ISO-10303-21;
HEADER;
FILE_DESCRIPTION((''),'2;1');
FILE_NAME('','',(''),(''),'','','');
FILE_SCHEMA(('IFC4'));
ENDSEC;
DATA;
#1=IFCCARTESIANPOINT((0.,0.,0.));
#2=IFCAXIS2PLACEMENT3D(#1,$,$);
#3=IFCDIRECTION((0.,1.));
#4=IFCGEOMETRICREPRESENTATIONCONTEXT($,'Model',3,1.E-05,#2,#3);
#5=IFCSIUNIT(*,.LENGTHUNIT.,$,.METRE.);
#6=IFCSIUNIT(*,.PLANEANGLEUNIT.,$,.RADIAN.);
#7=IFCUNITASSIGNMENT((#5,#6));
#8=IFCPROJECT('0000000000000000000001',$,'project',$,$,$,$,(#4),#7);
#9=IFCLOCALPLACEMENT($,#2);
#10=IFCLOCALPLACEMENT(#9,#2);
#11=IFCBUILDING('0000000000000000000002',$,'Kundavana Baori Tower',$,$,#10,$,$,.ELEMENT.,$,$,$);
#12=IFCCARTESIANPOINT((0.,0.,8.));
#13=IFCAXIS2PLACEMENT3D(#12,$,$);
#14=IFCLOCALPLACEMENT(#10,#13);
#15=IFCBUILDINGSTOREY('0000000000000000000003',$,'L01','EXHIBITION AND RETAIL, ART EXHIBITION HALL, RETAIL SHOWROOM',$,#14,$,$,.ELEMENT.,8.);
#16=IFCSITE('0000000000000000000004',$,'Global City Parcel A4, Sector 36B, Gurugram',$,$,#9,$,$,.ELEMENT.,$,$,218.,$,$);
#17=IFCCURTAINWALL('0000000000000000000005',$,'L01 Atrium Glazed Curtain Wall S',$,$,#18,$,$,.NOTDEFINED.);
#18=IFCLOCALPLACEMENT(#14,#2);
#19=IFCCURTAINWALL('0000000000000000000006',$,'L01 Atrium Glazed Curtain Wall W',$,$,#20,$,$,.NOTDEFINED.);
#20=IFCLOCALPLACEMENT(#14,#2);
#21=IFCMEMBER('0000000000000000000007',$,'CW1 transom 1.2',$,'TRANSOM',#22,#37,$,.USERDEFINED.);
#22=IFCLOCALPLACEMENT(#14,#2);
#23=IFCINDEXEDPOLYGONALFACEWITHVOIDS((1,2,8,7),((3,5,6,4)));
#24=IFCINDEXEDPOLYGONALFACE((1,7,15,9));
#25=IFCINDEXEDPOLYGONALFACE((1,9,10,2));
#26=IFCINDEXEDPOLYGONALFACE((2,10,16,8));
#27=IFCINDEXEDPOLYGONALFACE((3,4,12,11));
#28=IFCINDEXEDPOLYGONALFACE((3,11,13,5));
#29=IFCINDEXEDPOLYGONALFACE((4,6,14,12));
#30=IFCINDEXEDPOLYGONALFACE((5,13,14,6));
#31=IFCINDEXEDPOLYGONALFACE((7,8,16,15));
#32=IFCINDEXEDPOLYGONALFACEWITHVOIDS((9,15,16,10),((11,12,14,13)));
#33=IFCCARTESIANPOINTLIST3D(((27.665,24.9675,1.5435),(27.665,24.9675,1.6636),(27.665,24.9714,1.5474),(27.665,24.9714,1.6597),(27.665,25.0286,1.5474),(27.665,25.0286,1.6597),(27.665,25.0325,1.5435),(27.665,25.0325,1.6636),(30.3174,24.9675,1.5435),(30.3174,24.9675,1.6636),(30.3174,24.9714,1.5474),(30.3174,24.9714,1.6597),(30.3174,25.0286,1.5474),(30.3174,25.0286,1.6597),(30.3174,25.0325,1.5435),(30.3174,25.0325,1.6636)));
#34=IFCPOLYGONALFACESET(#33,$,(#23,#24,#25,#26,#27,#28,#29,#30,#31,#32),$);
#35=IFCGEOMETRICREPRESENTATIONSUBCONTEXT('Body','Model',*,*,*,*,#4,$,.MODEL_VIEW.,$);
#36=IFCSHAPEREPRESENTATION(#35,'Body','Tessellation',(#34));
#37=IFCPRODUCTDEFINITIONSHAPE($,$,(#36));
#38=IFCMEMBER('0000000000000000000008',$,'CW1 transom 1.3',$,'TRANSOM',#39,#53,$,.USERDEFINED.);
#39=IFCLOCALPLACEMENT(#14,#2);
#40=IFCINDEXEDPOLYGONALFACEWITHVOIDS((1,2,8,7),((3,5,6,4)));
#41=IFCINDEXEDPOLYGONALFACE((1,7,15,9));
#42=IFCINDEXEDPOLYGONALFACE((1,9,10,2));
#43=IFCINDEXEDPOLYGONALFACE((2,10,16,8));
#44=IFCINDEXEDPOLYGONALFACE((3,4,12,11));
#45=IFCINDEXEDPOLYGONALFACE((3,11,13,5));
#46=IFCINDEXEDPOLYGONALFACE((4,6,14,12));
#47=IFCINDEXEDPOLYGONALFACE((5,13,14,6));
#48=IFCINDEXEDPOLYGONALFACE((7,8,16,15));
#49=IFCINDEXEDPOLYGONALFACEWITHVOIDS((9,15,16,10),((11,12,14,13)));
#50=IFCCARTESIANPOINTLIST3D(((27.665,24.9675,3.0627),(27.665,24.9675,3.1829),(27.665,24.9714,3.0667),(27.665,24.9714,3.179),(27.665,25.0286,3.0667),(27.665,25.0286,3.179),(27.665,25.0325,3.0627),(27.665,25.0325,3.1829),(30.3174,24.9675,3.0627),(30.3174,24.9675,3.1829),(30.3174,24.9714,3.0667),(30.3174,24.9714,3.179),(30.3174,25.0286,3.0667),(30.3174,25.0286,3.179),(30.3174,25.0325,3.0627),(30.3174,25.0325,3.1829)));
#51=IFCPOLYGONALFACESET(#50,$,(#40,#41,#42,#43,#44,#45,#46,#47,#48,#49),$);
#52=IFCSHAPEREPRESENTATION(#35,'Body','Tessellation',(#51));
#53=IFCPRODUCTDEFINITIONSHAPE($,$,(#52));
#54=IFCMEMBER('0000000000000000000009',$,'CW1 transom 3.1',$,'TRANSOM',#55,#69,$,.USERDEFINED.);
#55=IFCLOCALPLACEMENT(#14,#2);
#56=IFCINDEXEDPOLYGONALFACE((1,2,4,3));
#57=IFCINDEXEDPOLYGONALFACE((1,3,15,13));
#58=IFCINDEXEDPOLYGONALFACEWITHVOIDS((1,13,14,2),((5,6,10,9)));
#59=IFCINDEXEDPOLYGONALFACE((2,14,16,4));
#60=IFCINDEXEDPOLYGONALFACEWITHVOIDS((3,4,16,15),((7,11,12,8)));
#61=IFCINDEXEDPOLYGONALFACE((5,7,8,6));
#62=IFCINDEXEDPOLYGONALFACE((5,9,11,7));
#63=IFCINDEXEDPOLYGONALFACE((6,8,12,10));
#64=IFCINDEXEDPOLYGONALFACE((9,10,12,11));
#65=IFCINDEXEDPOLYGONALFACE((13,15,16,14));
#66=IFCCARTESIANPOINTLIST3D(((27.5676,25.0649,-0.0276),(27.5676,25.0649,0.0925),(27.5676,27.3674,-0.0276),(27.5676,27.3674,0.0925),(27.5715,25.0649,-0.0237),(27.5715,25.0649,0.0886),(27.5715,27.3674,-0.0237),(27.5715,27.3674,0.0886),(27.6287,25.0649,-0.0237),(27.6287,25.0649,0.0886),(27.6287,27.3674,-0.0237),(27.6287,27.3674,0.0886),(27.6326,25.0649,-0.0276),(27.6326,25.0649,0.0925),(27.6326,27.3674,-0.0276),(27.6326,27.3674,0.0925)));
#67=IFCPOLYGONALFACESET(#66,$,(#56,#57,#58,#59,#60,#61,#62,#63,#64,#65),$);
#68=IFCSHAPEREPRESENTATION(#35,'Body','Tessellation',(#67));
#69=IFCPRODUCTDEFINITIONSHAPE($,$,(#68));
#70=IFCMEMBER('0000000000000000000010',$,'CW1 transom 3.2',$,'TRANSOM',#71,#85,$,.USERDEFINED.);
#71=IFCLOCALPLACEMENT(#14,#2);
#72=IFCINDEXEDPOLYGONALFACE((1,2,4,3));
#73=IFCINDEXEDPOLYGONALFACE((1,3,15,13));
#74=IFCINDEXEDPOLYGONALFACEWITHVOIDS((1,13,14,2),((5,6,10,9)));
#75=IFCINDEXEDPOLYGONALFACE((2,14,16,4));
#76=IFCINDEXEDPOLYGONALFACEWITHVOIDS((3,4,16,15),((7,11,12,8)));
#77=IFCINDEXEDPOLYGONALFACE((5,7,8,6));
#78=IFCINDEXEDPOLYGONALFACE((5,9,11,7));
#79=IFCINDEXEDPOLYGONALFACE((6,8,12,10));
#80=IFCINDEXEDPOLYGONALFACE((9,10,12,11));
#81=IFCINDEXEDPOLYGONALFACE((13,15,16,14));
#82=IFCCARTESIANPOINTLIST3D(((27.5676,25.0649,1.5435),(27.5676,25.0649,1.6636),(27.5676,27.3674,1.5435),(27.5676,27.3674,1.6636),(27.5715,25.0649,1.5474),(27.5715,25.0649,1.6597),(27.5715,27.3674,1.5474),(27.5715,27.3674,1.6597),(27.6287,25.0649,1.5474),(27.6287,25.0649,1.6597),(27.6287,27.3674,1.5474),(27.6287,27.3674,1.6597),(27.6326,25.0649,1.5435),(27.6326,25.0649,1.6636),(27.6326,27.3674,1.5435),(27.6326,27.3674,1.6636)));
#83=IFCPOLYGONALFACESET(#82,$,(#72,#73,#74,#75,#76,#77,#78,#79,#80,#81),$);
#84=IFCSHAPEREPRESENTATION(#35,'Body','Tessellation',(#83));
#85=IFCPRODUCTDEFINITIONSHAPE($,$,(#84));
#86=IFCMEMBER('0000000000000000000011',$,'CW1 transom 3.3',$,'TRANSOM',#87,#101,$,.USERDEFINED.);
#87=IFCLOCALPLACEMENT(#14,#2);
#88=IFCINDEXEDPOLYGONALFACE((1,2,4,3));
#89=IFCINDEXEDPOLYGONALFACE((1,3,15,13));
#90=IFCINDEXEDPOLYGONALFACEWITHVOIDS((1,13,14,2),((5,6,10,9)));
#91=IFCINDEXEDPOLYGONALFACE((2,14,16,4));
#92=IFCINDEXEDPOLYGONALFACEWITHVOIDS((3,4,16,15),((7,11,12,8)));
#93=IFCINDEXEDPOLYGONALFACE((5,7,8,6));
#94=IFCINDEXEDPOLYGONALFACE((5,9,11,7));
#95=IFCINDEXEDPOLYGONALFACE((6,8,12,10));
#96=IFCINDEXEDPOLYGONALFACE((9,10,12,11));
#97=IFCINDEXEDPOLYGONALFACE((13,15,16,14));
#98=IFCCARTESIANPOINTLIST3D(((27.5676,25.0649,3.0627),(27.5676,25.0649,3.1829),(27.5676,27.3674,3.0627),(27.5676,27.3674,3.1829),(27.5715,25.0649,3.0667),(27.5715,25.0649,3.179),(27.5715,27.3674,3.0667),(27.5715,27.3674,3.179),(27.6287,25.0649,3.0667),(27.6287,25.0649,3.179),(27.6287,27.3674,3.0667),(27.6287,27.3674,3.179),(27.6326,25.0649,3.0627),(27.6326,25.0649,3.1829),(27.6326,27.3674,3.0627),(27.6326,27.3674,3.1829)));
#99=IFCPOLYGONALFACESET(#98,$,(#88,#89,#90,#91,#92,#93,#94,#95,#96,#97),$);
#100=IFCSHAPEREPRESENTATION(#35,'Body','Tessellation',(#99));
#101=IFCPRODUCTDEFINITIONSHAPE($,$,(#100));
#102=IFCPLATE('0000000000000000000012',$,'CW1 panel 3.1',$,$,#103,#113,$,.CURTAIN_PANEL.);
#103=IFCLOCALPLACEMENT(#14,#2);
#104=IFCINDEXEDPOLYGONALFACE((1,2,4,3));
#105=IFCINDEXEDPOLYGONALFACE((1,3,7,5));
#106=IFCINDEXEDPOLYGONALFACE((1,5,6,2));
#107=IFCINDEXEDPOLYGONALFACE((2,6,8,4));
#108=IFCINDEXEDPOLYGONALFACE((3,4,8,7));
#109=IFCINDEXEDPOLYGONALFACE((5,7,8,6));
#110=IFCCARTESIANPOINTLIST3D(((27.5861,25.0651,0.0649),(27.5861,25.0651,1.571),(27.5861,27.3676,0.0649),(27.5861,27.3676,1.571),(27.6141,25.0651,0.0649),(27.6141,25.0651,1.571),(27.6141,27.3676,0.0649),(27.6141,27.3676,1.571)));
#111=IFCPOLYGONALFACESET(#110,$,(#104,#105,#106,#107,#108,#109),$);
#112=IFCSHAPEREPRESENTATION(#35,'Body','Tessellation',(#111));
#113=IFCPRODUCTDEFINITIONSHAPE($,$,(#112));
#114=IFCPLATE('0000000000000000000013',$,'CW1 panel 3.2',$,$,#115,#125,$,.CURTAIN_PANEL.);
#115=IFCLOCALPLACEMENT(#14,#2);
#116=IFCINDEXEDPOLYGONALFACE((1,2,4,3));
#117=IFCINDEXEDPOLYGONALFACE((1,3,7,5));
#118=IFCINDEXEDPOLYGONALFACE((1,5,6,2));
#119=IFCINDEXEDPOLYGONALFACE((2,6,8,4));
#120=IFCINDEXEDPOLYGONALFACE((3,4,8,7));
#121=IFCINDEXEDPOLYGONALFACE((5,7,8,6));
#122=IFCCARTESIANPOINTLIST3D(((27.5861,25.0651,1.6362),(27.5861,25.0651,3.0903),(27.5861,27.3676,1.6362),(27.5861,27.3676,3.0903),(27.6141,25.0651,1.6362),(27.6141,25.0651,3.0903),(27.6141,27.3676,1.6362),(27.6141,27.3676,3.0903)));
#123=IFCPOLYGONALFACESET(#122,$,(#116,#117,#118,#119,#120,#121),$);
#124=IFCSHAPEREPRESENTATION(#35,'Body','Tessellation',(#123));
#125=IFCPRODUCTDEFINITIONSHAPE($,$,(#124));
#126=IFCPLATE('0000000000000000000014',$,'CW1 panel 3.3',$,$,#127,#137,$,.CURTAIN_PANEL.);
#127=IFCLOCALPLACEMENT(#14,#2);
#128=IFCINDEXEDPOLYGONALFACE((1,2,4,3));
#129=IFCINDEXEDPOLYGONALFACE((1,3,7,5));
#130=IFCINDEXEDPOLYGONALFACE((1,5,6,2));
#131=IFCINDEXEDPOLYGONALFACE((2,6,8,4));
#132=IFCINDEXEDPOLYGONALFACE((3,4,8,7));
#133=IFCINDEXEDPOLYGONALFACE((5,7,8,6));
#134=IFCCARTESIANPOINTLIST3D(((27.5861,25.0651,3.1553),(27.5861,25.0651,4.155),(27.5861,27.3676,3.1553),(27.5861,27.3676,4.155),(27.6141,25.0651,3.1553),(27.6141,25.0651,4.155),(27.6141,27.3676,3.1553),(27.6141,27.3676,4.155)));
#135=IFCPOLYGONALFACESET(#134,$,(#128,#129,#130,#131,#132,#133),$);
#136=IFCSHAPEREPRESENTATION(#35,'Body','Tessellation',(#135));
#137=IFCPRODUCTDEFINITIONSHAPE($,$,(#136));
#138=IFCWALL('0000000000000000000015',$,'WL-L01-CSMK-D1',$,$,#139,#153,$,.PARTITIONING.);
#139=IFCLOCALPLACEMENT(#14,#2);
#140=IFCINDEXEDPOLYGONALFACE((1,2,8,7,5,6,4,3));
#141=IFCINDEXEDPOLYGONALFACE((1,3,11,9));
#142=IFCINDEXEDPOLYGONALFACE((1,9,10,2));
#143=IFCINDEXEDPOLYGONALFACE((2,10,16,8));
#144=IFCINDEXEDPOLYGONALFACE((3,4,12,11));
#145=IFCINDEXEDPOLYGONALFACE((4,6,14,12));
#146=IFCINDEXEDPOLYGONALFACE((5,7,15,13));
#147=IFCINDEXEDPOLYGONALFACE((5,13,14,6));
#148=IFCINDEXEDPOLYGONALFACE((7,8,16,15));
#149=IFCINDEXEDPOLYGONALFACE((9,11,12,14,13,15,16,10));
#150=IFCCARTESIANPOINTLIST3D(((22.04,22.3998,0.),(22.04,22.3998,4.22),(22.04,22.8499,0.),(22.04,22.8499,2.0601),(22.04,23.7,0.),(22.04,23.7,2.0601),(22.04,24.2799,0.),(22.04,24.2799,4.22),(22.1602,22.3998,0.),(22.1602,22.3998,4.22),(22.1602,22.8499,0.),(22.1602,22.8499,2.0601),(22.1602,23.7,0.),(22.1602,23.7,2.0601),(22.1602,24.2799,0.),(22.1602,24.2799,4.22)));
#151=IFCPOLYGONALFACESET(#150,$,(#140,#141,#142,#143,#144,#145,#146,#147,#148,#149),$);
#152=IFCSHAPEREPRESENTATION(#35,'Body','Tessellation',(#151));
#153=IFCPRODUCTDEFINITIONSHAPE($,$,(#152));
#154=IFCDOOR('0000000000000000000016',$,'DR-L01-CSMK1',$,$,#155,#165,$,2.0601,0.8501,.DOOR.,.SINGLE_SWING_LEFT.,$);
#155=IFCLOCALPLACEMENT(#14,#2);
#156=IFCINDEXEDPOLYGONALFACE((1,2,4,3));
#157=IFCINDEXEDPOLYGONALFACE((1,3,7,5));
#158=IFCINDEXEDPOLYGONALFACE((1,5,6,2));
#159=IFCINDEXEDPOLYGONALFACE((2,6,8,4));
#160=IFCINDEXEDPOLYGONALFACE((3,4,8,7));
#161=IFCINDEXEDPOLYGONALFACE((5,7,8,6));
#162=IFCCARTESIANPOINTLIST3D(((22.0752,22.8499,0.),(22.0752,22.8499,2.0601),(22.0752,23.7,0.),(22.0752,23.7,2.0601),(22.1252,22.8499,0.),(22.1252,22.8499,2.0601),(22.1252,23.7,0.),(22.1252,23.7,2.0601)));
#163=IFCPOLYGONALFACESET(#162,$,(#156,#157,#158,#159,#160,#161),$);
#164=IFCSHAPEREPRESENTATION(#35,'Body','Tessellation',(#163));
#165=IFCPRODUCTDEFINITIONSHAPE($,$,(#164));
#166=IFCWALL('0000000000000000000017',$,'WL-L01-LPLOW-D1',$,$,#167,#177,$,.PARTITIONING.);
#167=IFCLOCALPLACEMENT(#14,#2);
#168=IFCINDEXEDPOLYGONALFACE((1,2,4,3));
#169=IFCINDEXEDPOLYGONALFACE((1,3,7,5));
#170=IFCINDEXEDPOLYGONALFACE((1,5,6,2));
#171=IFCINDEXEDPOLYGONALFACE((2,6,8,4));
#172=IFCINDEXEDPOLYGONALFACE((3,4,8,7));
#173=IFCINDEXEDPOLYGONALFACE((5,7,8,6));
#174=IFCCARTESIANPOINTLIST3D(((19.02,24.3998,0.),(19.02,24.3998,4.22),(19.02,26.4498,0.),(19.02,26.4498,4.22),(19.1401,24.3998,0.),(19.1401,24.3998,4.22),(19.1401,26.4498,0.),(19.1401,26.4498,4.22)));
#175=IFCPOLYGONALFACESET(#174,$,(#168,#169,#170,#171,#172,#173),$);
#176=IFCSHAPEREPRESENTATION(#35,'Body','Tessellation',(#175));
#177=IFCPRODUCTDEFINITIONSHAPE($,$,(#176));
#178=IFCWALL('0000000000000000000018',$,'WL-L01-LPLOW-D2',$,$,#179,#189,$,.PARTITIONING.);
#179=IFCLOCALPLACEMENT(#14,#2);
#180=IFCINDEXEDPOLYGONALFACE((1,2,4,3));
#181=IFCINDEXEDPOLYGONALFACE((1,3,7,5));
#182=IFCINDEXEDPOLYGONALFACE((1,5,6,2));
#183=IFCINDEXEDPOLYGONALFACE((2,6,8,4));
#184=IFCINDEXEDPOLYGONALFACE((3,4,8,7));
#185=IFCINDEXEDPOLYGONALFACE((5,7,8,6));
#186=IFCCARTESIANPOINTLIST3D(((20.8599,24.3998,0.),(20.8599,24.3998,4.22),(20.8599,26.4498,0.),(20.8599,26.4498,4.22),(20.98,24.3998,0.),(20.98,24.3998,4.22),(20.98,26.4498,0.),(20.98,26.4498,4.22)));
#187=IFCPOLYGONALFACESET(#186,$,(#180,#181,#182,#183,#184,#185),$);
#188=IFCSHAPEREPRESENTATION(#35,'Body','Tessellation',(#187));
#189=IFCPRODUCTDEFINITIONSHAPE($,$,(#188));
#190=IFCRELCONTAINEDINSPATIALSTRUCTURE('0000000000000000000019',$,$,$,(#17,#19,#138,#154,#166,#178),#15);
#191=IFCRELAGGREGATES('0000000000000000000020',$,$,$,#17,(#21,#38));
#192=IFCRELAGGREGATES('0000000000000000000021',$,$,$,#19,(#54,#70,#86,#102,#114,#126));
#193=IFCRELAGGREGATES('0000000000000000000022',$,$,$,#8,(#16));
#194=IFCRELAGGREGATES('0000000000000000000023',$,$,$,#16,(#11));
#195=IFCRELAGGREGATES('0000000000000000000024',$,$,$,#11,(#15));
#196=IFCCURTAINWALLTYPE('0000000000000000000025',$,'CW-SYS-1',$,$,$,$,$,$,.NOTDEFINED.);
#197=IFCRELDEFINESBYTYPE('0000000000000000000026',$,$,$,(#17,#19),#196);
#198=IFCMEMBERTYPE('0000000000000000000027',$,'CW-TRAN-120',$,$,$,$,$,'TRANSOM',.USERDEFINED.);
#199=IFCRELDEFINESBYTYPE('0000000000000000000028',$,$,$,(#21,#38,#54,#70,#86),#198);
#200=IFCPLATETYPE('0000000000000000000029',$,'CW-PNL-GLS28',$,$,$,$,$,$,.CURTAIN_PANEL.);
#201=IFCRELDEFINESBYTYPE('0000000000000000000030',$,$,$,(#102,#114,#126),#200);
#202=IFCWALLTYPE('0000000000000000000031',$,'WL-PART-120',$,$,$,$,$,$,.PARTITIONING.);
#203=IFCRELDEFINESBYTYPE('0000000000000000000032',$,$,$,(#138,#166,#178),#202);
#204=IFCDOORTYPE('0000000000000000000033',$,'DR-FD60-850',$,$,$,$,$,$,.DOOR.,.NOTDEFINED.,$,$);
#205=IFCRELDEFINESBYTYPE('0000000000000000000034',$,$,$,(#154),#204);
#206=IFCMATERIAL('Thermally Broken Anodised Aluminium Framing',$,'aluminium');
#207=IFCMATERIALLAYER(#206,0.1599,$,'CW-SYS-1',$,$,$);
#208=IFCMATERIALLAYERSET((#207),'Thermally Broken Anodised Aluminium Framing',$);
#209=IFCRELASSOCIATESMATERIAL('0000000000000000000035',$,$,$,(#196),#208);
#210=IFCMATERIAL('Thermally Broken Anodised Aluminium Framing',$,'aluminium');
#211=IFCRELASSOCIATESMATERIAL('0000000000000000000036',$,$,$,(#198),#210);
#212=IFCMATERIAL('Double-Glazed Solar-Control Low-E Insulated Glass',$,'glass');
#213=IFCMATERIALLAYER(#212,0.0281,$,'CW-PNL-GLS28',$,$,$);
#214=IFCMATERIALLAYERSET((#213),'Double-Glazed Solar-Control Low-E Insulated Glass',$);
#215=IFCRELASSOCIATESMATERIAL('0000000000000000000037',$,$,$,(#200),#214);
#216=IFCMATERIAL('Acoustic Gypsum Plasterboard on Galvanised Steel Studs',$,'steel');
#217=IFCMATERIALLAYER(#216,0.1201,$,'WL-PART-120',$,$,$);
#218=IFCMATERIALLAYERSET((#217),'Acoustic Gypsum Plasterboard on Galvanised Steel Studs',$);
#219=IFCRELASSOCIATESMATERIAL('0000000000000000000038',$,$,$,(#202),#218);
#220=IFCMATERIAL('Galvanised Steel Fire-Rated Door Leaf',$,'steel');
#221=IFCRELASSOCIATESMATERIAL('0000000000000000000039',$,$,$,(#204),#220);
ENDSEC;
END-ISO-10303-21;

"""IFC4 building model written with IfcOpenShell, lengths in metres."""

from ifc_helpers import new_model, si_unit, direction, frame, frame_2d, origin, origin_2d, place, context, subcontext, project, spatial, rectangle, hollow_rectangle, extrude, material, layer, layer_set, material_profile, profile_set, type_object, element, fill, aggregate, save


model = new_model("IFC4")

# Units and contexts
model_context = context("Model", 3, precision=1e-05, world=origin(), true_north=direction((0.0, 1.0)))
body_context = subcontext(model_context, "Body", "Model", "MODEL_VIEW")
ifc_project = project(units=[si_unit("LENGTHUNIT", "METRE"), si_unit("PLANEANGLEUNIT", "RADIAN")], contexts=[model_context])

# Site, building, storey
site_placement = place(None, origin())
site = spatial("IfcSite", under=ifc_project, at=site_placement, Name="Global City Parcel A4, Sector 36B, Gurugram", CompositionType="ELEMENT", RefElevation=218.0)
building_placement = place(site_placement, origin())
building = spatial("IfcBuilding", under=site, at=building_placement, Name="Kundavana Baori Tower", CompositionType="ELEMENT")
storey_placement = place(building_placement, frame((0.0, 0.0, 8.0)))
storey = spatial("IfcBuildingStorey", under=building, at=storey_placement, Name="L01", Description="EXHIBITION AND RETAIL, ART EXHIBITION HALL, RETAIL SHOWROOM", CompositionType="ELEMENT", Elevation=8.0)

# Curtain walls
ifc_material_1 = material(Name="Thermally Broken Anodised Aluminium Framing", Category="aluminium")
ifc_layer_1 = layer(ifc_material_1, 0.1599, Name="CW-SYS-1")
ifc_layer_set_1 = layer_set([ifc_layer_1], Name="Thermally Broken Anodised Aluminium Framing")
curtain_wall_type = type_object("IfcCurtainWallType", Name="CW-SYS-1", PredefinedType="NOTDEFINED", material=ifc_layer_set_1)
curtain_wall_1_placement = place(storey_placement, origin())
curtain_wall_1 = element("IfcCurtainWall", 1, at=curtain_wall_1_placement, inside=storey, type_object=curtain_wall_type, Name="L01 Atrium Glazed Curtain Wall S", PredefinedType="NOTDEFINED")
curtain_wall_2_placement = place(storey_placement, origin())
curtain_wall_2 = element("IfcCurtainWall", 2, at=curtain_wall_2_placement, inside=storey, type_object=curtain_wall_type, Name="L01 Atrium Glazed Curtain Wall W", PredefinedType="NOTDEFINED")

# Members
ifc_material_2 = material(Name="Thermally Broken Anodised Aluminium Framing", Category="aluminium")
ifc_material_profile_1 = material_profile(ifc_material_2, hollow_rectangle(XDim=0.0649, YDim=0.1201, WallThickness=0.0039, at=origin_2d()), Name="CW-TRAN-120")
ifc_profile_set_1 = profile_set([ifc_material_profile_1], Name="Thermally Broken Anodised Aluminium Framing")
member_type_1 = type_object("IfcMemberType", Name="CW-TRAN-120", ElementType="TRANSOM", PredefinedType="USERDEFINED", material=ifc_profile_set_1)
member_1_placement = place(storey_placement, frame((27.665, 25.0, 1.6035), z_axis=(1.0, 0.0, 0.0), x_axis=(0.0, 1.0, 0.0)))
member_1 = element("IfcMember", 3, at=member_1_placement, type_object=member_type_1, Name="CW1 transom 1.2", ObjectType="TRANSOM", PredefinedType="USERDEFINED", context=body_context, shape_type="SweptSolid", body=[
    extrude(hollow_rectangle(XDim=0.0649, YDim=0.1201, WallThickness=0.0039, at=origin_2d()), origin(), (0.0, 0.0, 1.0), 2.6523),
])
member_2_placement = place(storey_placement, frame((27.665, 25.0, 3.1228), z_axis=(1.0, 0.0, 0.0), x_axis=(0.0, 1.0, 0.0)))
member_2 = element("IfcMember", 4, at=member_2_placement, type_object=member_type_1, Name="CW1 transom 1.3", ObjectType="TRANSOM", PredefinedType="USERDEFINED", context=body_context, shape_type="SweptSolid", body=[
    extrude(hollow_rectangle(XDim=0.0649, YDim=0.1201, WallThickness=0.0039, at=origin_2d()), origin(), (0.0, 0.0, 1.0), 2.6523),
])
aggregate(curtain_wall_1, [member_1, member_2])
member_3_placement = place(storey_placement, frame((27.6001, 27.3674, 0.0325), z_axis=(0.0, -1.0, 0.0), x_axis=(1.0, 0.0, 0.0)))
member_3 = element("IfcMember", 5, at=member_3_placement, type_object=member_type_1, Name="CW1 transom 3.1", ObjectType="TRANSOM", PredefinedType="USERDEFINED", context=body_context, shape_type="SweptSolid", body=[
    extrude(hollow_rectangle(XDim=0.0649, YDim=0.1201, WallThickness=0.0039, at=origin_2d()), origin(), (0.0, 0.0, 1.0), 2.3025),
])
member_4_placement = place(storey_placement, frame((27.6001, 27.3674, 1.6035), z_axis=(0.0, -1.0, 0.0), x_axis=(1.0, 0.0, 0.0)))
member_4 = element("IfcMember", 6, at=member_4_placement, type_object=member_type_1, Name="CW1 transom 3.2", ObjectType="TRANSOM", PredefinedType="USERDEFINED", context=body_context, shape_type="SweptSolid", body=[
    extrude(hollow_rectangle(XDim=0.0649, YDim=0.1201, WallThickness=0.0039, at=origin_2d()), origin(), (0.0, 0.0, 1.0), 2.3025),
])
member_5_placement = place(storey_placement, frame((27.6001, 27.3674, 3.1228), z_axis=(0.0, -1.0, 0.0), x_axis=(1.0, 0.0, 0.0)))
member_5 = element("IfcMember", 7, at=member_5_placement, type_object=member_type_1, Name="CW1 transom 3.3", ObjectType="TRANSOM", PredefinedType="USERDEFINED", context=body_context, shape_type="SweptSolid", body=[
    extrude(hollow_rectangle(XDim=0.0649, YDim=0.1201, WallThickness=0.0039, at=origin_2d()), origin(), (0.0, 0.0, 1.0), 2.3025),
])

# Plates
ifc_material_3 = material(Name="Double-Glazed Solar-Control Low-E Insulated Glass", Category="glass")
ifc_layer_2 = layer(ifc_material_3, 0.0281, Name="CW-PNL-GLS28")
ifc_layer_set_2 = layer_set([ifc_layer_2], Name="Double-Glazed Solar-Control Low-E Insulated Glass")
plate_type = type_object("IfcPlateType", Name="CW-PNL-GLS28", PredefinedType="CURTAIN_PANEL", material=ifc_layer_set_2)
plate_1_placement = place(storey_placement, frame((27.6001, 26.2163, 0.0649), z_axis=(0.0, 0.0, 1.0), x_axis=(0.0, -1.0, 0.0)))
plate_1 = element("IfcPlate", 8, at=plate_1_placement, type_object=plate_type, Name="CW1 panel 3.1", PredefinedType="CURTAIN_PANEL", context=body_context, shape_type="SweptSolid", body=[
    extrude(rectangle(XDim=2.3025, YDim=0.0281, at=origin_2d()), origin(), (0.0, 0.0, 1.0), 1.5061),
])
plate_2_placement = place(storey_placement, frame((27.6001, 26.2163, 1.6362), z_axis=(0.0, 0.0, 1.0), x_axis=(0.0, -1.0, 0.0)))
plate_2 = element("IfcPlate", 9, at=plate_2_placement, type_object=plate_type, Name="CW1 panel 3.2", PredefinedType="CURTAIN_PANEL", context=body_context, shape_type="SweptSolid", body=[
    extrude(rectangle(XDim=2.3025, YDim=0.0281, at=origin_2d()), origin(), (0.0, 0.0, 1.0), 1.4541),
])
plate_3_placement = place(storey_placement, frame((27.6001, 26.2163, 3.1553), z_axis=(0.0, 0.0, 1.0), x_axis=(0.0, -1.0, 0.0)))
plate_3 = element("IfcPlate", 10, at=plate_3_placement, type_object=plate_type, Name="CW1 panel 3.3", PredefinedType="CURTAIN_PANEL", context=body_context, shape_type="SweptSolid", body=[
    extrude(rectangle(XDim=2.3025, YDim=0.0281, at=origin_2d()), origin(), (0.0, 0.0, 1.0), 0.9998),
])
aggregate(curtain_wall_2, [member_3, member_4, member_5, plate_1, plate_2, plate_3])

# Wall, opening, door
ifc_material_4 = material(Name="Acoustic Gypsum Plasterboard on Galvanised Steel Studs", Category="steel")
ifc_layer_3 = layer(ifc_material_4, 0.1201, Name="WL-PART-120")
ifc_layer_set_3 = layer_set([ifc_layer_3], Name="Acoustic Gypsum Plasterboard on Galvanised Steel Studs")
wall_type = type_object("IfcWallType", Name="WL-PART-120", PredefinedType="PARTITIONING", material=ifc_layer_set_3)
wall_placement = place(storey_placement, frame((22.1001, 22.3999, 0.0), z_axis=(0.0, 0.0, 1.0), x_axis=(0.0, 1.0, 0.0)))
wall = element("IfcWall", 11, at=wall_placement, inside=storey, type_object=wall_type, Name="WL-L01-CSMK-D1", PredefinedType="PARTITIONING", context=body_context, shape_type="SweptSolid", body=[
    extrude(rectangle(XDim=1.8801, YDim=0.1201, at=frame_2d((0.9399, 0.0))), origin(), (0.0, 0.0, 1.0), 4.22),
])
opening_placement = place(wall_placement, frame((0.45, 0.0, 0.0)))
opening = element("IfcOpeningElement", 12, at=opening_placement, cuts=wall, PredefinedType="OPENING", context=body_context, shape_type="SweptSolid", body=[
    extrude(rectangle(XDim=0.8501, YDim=2.0601, at=frame_2d((0.425, 1.03))), frame((0.0, 0.0701, 0.0), z_axis=(0.0, -1.0, 0.0), x_axis=(1.0, 0.0, 0.0)), (0.0, 0.0, 1.0), 0.1401),
])
ifc_material_5 = material(Name="Galvanised Steel Fire-Rated Door Leaf", Category="steel")
door_type = type_object("IfcDoorType", Name="DR-FD60-850", OperationType="NOTDEFINED", PredefinedType="DOOR", material=ifc_material_5)
door_placement = place(opening_placement, origin())
door = element("IfcDoor", 13, at=door_placement, inside=storey, type_object=door_type, Name="DR-L01-CSMK1", OperationType="SINGLE_SWING_LEFT", OverallHeight=2.0601, OverallWidth=0.8501, PredefinedType="DOOR", context=body_context, shape_type="SweptSolid", body=[
    extrude(rectangle(XDim=0.8501, YDim=2.0601, at=frame_2d((0.425, 1.03))), frame((0.0, 0.0249, 0.0), z_axis=(0.0, -1.0, 0.0), x_axis=(1.0, 0.0, 0.0)), (0.0, 0.0, 1.0), 0.05),
])
fill(opening, door)

# Walls
for number, where, z_axis, x_axis, name in (
    (14, (19.0801, 24.3999, 0.0), (0.0, 0.0, 1.0), (0.0, 1.0, 0.0), "WL-L01-LPLOW-D1"),
    (15, (20.9199, 24.3999, 0.0), (0.0, 0.0, 1.0), (0.0, 1.0, 0.0), "WL-L01-LPLOW-D2"),
):
    element("IfcWall", number, at=place(storey_placement, frame(where, z_axis=z_axis, x_axis=x_axis)), inside=storey, type_object=wall_type, Name=name, PredefinedType="PARTITIONING", context=body_context, shape_type="SweptSolid", body=[
        extrude(rectangle(XDim=2.05, YDim=0.1201, at=frame_2d((1.0249, 0.0))), origin(), (0.0, 0.0, 1.0), 4.22),
    ])

save(model, "model.ifc")
